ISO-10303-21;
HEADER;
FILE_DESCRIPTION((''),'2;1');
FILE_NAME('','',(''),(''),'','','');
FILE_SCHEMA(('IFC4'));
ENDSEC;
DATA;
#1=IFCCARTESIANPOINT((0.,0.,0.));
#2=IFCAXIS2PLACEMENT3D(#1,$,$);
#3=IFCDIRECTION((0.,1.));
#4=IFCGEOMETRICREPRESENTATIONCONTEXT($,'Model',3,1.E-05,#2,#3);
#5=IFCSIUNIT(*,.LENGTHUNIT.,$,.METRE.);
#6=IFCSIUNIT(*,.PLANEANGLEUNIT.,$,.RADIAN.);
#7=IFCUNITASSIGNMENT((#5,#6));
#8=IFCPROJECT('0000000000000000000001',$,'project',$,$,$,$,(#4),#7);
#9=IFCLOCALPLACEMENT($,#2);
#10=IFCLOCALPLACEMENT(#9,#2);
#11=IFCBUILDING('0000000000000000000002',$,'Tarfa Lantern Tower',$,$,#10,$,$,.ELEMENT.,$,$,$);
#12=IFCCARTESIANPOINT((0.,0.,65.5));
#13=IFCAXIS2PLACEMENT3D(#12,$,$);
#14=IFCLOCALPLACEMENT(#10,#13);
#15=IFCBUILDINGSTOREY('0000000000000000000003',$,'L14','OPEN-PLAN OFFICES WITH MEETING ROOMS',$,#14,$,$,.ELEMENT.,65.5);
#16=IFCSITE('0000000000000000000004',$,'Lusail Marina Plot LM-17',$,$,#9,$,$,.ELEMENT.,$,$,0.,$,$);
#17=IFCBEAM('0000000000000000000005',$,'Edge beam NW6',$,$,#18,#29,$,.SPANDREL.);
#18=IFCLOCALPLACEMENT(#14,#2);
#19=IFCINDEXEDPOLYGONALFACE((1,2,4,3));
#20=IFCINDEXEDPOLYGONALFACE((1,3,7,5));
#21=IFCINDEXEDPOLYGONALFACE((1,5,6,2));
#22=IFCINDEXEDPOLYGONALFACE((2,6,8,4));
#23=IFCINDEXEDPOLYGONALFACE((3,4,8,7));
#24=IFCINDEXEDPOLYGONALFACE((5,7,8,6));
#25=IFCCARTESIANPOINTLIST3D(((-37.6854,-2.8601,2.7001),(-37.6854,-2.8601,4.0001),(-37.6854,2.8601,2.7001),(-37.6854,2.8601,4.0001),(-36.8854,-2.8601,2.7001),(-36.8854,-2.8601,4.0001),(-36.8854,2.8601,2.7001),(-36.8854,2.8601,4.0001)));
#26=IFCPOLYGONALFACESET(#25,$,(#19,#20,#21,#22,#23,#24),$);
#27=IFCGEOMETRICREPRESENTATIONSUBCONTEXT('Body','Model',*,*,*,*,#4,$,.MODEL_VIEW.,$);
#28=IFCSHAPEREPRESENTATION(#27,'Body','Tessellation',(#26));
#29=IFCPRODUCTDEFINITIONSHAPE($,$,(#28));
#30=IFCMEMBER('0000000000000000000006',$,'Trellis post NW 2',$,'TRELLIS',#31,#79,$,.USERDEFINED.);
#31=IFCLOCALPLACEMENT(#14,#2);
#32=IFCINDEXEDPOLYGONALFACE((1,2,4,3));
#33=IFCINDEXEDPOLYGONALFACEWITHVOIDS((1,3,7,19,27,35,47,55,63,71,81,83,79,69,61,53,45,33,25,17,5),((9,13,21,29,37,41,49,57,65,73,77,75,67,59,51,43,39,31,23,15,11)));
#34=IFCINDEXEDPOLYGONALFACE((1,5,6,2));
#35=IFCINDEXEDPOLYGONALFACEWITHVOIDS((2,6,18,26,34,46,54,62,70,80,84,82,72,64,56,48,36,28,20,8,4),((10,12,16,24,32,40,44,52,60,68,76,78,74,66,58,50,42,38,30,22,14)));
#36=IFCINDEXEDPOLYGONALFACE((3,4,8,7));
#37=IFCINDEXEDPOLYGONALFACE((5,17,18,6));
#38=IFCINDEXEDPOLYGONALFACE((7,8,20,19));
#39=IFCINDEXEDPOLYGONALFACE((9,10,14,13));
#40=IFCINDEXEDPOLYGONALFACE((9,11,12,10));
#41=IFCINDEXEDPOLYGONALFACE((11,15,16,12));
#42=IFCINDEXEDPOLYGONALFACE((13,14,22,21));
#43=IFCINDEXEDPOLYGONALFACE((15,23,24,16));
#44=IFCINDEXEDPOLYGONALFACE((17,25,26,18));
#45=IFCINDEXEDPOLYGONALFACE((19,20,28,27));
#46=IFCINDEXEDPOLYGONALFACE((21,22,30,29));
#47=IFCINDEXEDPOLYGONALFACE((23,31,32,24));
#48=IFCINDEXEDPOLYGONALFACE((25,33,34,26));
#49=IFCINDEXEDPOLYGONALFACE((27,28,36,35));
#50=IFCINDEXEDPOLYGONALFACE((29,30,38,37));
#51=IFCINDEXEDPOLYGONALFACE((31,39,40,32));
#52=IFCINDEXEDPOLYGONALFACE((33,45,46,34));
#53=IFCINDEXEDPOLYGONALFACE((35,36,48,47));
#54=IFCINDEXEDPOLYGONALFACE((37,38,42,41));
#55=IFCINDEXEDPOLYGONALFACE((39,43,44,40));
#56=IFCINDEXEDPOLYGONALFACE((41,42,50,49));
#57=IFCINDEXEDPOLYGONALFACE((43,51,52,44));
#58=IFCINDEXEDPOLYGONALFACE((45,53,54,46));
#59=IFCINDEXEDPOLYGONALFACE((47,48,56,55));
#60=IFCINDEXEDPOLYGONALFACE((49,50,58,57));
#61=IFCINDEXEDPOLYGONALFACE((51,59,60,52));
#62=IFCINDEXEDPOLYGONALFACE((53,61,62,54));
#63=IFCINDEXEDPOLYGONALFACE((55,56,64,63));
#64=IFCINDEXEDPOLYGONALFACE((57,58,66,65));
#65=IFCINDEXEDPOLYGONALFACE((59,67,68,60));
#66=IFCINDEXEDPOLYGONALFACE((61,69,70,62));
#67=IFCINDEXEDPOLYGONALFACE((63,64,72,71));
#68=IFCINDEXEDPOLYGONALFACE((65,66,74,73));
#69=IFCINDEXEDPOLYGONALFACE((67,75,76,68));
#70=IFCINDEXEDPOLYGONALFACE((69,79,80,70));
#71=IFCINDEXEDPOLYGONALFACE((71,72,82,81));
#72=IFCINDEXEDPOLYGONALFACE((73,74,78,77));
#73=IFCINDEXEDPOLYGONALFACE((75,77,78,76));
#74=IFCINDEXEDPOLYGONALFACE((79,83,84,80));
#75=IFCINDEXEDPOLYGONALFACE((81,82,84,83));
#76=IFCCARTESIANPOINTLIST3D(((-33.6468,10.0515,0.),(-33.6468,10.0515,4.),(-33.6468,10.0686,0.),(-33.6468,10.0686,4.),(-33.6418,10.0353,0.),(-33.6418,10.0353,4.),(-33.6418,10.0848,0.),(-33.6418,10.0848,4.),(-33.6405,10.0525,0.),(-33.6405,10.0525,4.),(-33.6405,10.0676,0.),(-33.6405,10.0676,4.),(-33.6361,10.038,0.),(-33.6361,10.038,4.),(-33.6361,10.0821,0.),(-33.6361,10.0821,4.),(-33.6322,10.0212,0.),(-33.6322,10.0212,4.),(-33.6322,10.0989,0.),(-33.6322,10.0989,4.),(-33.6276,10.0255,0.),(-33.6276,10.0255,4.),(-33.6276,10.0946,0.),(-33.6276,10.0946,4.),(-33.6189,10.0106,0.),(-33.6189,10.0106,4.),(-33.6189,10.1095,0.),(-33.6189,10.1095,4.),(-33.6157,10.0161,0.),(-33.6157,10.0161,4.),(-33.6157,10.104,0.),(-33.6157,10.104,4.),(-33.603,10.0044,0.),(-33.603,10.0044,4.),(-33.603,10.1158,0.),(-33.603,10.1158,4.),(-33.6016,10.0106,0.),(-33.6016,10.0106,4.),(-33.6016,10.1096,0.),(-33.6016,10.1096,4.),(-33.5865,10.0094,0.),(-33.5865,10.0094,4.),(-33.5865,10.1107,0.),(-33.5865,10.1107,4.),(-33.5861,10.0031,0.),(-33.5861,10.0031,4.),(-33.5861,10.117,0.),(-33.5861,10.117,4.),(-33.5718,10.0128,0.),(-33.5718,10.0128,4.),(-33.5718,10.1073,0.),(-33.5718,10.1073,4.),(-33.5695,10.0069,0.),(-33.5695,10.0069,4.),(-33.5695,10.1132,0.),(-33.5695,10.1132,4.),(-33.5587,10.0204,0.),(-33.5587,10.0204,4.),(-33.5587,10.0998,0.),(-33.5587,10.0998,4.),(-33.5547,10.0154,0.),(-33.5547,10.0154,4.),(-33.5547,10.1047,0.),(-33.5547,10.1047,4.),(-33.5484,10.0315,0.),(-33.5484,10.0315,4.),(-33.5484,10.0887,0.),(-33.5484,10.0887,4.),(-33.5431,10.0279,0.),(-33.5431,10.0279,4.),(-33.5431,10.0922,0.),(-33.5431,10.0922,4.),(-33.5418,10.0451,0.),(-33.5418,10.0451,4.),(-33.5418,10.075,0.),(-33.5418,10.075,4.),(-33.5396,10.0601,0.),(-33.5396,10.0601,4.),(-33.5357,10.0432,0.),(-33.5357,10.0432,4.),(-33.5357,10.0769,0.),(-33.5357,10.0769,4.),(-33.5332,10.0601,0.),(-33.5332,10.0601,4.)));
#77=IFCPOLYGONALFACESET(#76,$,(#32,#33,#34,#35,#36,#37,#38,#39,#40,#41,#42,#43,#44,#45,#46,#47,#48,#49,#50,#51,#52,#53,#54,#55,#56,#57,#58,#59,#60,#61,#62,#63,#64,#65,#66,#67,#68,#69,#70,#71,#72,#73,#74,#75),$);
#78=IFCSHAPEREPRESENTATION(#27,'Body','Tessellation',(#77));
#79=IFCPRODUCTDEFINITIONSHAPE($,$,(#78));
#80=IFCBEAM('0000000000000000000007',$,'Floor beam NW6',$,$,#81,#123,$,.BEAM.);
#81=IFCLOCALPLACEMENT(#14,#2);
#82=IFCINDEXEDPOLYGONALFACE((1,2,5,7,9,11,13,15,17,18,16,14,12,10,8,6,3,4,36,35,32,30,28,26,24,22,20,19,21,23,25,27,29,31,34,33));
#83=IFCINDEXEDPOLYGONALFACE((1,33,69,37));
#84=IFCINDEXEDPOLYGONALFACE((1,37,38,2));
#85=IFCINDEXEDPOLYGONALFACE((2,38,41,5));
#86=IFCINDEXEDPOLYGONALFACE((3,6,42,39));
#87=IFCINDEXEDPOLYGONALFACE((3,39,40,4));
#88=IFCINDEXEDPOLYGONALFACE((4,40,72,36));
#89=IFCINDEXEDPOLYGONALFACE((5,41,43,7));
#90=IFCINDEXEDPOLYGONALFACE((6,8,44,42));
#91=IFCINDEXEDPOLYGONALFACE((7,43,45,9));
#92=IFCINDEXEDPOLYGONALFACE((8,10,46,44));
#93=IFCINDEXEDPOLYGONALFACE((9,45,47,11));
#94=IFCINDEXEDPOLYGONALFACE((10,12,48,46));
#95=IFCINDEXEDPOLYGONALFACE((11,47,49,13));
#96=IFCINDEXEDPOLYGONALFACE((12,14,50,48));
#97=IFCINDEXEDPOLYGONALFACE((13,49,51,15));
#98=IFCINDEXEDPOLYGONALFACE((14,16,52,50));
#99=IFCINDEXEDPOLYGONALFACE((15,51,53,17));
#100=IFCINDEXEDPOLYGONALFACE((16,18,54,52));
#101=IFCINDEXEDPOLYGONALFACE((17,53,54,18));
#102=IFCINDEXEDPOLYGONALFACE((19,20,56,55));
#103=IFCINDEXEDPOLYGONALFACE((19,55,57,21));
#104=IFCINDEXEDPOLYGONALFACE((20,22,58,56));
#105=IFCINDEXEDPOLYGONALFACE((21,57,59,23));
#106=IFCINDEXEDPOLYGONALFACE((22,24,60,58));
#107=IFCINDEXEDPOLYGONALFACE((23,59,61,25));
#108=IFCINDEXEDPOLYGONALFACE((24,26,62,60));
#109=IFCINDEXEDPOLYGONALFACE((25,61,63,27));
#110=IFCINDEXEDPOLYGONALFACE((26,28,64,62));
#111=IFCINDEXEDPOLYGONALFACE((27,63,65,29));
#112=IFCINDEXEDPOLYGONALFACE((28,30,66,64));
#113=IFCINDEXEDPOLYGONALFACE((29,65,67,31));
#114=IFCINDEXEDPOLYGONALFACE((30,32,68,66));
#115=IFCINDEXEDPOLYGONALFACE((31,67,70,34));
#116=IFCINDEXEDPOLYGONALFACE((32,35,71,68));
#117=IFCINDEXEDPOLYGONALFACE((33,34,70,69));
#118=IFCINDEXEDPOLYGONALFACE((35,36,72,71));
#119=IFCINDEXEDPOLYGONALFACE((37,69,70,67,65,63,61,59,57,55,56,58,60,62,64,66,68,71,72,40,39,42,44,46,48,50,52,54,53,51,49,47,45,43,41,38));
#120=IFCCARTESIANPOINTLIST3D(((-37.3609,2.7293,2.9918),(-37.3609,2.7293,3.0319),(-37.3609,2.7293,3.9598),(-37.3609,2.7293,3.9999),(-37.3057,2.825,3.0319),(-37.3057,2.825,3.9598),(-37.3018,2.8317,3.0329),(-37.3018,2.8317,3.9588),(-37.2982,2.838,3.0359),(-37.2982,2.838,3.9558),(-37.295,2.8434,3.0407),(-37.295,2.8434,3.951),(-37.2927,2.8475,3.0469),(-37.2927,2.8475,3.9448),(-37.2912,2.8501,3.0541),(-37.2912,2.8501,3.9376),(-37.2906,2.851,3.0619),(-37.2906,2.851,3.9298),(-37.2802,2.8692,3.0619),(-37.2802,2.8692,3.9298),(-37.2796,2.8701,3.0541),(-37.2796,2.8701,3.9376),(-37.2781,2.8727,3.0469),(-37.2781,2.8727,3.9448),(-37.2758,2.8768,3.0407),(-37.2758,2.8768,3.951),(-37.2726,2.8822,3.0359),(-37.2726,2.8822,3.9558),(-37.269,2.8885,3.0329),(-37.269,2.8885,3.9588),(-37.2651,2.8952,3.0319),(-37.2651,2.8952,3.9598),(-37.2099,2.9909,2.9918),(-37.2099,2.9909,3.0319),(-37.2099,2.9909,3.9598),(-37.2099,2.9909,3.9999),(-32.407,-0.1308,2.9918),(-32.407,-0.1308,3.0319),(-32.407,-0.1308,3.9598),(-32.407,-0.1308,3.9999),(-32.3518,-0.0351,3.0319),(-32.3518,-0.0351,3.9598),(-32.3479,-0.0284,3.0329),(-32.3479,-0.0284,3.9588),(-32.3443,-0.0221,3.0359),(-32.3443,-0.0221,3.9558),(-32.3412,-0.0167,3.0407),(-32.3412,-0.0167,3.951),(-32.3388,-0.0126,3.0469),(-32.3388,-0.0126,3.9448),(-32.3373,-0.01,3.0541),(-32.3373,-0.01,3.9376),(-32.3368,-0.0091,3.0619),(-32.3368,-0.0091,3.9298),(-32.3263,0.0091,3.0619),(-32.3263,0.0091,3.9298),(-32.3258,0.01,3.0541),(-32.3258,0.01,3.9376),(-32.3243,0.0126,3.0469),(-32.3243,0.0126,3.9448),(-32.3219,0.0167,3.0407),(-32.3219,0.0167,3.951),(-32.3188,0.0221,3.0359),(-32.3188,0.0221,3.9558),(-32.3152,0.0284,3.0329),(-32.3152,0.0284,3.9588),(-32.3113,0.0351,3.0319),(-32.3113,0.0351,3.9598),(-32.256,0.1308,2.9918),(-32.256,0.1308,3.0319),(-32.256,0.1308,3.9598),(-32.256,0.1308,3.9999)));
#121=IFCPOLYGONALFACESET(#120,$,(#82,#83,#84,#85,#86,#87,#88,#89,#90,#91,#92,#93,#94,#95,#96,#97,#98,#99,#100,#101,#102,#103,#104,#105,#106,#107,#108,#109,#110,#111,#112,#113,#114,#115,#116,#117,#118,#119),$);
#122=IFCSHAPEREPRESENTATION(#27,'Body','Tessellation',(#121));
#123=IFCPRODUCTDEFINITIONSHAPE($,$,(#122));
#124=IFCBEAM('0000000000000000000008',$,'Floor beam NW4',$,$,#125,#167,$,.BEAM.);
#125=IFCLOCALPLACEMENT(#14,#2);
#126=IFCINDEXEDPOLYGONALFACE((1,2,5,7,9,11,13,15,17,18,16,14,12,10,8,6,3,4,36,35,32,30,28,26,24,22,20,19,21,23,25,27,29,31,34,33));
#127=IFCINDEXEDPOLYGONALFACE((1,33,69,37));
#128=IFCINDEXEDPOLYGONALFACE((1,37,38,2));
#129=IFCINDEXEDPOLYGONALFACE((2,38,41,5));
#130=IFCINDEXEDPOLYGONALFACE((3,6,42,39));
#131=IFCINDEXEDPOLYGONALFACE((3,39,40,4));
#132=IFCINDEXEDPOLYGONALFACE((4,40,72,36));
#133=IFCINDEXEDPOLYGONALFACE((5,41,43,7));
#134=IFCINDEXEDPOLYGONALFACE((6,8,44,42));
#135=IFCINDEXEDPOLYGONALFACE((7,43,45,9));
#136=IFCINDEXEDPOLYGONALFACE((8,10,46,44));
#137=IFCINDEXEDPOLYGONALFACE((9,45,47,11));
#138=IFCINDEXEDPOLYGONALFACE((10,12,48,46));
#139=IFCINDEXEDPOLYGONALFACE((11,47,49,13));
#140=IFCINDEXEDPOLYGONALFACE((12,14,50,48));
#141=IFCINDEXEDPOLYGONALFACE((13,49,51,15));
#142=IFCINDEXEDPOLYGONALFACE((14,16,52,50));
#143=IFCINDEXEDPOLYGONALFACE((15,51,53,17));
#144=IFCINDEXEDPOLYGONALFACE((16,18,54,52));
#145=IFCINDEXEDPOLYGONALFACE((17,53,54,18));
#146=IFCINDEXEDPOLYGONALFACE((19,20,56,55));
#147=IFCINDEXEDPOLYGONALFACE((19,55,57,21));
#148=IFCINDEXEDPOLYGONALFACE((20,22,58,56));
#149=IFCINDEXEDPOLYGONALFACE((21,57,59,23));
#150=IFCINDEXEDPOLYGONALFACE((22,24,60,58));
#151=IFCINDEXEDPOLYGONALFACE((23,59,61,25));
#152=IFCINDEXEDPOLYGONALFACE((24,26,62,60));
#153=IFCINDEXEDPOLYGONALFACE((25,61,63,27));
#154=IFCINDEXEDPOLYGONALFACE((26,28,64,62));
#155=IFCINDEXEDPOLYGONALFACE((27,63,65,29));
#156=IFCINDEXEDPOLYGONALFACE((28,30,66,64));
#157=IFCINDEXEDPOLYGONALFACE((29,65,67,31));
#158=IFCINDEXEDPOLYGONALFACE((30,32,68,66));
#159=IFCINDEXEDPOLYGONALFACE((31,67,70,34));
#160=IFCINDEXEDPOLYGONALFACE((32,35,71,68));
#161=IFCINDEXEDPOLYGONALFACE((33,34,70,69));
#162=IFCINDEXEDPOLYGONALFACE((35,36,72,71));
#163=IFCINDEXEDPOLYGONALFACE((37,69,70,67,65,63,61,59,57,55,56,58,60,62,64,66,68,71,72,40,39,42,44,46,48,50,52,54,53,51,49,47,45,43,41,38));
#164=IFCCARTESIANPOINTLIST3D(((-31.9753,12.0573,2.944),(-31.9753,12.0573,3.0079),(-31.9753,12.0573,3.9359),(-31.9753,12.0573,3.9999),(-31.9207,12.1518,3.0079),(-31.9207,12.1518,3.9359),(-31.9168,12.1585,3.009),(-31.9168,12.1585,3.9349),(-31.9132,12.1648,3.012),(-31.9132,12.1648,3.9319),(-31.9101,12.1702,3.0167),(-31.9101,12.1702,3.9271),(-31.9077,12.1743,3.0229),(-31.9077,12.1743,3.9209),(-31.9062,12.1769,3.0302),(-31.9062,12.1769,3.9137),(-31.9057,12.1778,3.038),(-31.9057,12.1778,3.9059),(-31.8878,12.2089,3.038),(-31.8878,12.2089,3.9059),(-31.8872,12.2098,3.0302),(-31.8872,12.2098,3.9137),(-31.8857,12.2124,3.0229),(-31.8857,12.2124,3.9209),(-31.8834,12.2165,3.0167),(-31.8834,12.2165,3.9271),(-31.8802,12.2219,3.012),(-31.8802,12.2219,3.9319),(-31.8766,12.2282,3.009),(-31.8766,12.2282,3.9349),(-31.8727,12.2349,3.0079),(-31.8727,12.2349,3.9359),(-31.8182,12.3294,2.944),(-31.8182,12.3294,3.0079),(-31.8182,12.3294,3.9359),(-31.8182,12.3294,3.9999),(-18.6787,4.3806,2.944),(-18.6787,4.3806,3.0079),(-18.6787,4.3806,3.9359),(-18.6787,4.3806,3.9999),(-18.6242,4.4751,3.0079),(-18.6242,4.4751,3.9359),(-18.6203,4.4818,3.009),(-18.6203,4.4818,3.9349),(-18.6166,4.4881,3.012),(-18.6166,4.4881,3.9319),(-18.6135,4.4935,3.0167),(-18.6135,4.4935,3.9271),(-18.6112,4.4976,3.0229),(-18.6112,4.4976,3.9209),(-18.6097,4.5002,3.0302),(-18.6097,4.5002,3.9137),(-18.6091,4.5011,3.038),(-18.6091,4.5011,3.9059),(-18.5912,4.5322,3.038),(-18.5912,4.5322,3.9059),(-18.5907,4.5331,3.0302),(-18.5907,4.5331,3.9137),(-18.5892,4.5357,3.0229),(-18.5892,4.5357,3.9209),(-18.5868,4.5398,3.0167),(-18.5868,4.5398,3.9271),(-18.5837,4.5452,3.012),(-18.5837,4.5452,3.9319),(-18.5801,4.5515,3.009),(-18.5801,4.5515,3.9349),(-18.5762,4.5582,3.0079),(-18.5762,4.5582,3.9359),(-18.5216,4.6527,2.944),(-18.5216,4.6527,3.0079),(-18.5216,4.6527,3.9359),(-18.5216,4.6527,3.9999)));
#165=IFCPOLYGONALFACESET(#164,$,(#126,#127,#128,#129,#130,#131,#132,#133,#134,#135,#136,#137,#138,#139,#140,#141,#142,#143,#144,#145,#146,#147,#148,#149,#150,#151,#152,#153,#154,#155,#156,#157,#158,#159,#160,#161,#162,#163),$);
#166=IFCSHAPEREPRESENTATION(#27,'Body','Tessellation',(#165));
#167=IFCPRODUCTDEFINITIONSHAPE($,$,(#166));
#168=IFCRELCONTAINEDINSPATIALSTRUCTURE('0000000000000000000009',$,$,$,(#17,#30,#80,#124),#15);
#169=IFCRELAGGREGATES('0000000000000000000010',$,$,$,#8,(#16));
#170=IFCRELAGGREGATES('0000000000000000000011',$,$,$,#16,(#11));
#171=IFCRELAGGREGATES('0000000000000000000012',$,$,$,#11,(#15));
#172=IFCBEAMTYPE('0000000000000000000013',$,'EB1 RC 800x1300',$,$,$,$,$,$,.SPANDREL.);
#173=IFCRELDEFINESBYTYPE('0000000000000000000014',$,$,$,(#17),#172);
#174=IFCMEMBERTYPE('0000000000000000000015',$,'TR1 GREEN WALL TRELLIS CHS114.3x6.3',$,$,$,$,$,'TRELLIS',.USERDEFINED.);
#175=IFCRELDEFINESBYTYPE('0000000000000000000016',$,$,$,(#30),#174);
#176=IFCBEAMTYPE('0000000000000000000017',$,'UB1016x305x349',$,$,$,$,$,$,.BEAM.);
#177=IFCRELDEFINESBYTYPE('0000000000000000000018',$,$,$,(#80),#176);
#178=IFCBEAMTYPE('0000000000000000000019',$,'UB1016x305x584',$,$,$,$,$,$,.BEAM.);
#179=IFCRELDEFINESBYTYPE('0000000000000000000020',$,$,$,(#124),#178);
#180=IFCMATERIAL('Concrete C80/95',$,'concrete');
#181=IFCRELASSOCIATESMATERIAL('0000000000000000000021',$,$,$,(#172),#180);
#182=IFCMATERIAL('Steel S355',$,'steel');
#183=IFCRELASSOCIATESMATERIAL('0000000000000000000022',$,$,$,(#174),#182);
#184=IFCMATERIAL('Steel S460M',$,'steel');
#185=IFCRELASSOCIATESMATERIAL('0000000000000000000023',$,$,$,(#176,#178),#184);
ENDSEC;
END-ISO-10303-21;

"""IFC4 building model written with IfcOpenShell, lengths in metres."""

from ifc_helpers import new_model, si_unit, direction, frame, origin, origin_2d, place, context, subcontext, project, spatial, rectangle, hollow_circle, i_section, extrude, material, material_profile, profile_set, type_object, element, save


model = new_model("IFC4")

# Units and contexts
model_context = context("Model", 3, precision=1e-05, world=origin(), true_north=direction((0.0, 1.0)))
body_context = subcontext(model_context, "Body", "Model", "MODEL_VIEW")
ifc_project = project(units=[si_unit("LENGTHUNIT", "METRE"), si_unit("PLANEANGLEUNIT", "RADIAN")], contexts=[model_context])

# Site, building, storey
site_placement = place(None, origin())
site = spatial("IfcSite", under=ifc_project, at=site_placement, Name="Lusail Marina Plot LM-17", CompositionType="ELEMENT", RefElevation=0.0)
building_placement = place(site_placement, origin())
building = spatial("IfcBuilding", under=site, at=building_placement, Name="Tarfa Lantern Tower", CompositionType="ELEMENT")
storey_placement = place(building_placement, frame((0.0, 0.0, 65.5)))
storey = spatial("IfcBuildingStorey", under=building, at=storey_placement, Name="L14", Description="OPEN-PLAN OFFICES WITH MEETING ROOMS", CompositionType="ELEMENT", Elevation=65.5)

# Shared definitions
ifc_material_1 = material(Name="Concrete C80/95", Category="concrete")

# Beam
ifc_material_profile_1 = material_profile(ifc_material_1, rectangle(XDim=0.8, YDim=1.3, at=origin_2d()), Name="RC 800x1300")
ifc_profile_set_1 = profile_set([ifc_material_profile_1], Name="Concrete C80/95")
beam_type_1 = type_object("IfcBeamType", Name="EB1 RC 800x1300", PredefinedType="SPANDREL", material=ifc_profile_set_1)
beam_1_placement = place(storey_placement, frame((-37.2854, 2.8601, 3.3501), z_axis=(0.0, -1.0, 0.0), x_axis=(1.0, 0.0, 0.0)))
element("IfcBeam", 1, at=beam_1_placement, inside=storey, type_object=beam_type_1, Name="Edge beam NW6", PredefinedType="SPANDREL", context=body_context, shape_type="SweptSolid", body=[
    extrude(rectangle(XDim=0.8, YDim=1.3, at=origin_2d()), origin(), (0.0, 0.0, 1.0), 5.7202),
])

# Member
ifc_material_2 = material(Name="Steel S355", Category="steel")
ifc_material_profile_2 = material_profile(ifc_material_2, hollow_circle(Radius=0.0571, WallThickness=0.0063, at=origin_2d()), Name="CHS114.3x6.3")
ifc_profile_set_2 = profile_set([ifc_material_profile_2], Name="Steel S355")
member_type_1 = type_object("IfcMemberType", Name="TR1 GREEN WALL TRELLIS CHS114.3x6.3", ElementType="TRELLIS", PredefinedType="USERDEFINED", material=ifc_profile_set_2)
member_1_placement = place(storey_placement, frame((-33.5903, 10.0601, 0.0), z_axis=(0.0, 0.0, 1.0), x_axis=(1.0, 0.0, 0.0)))
element("IfcMember", 2, at=member_1_placement, inside=storey, type_object=member_type_1, Name="Trellis post NW 2", ObjectType="TRELLIS", PredefinedType="USERDEFINED", context=body_context, shape_type="SweptSolid", body=[
    extrude(hollow_circle(Radius=0.0571, WallThickness=0.0063, at=origin_2d()), origin(), (0.0, 0.0, 1.0), 4.0),
])

# Beams
ifc_material_3 = material(Name="Steel S460M", Category="steel")
ifc_material_profile_3 = material_profile(ifc_material_3, i_section(OverallWidth=0.302, OverallDepth=1.0081, WebThickness=0.021, FlangeThickness=0.04, FilletRadius=0.03, at=origin_2d()), Name="UB1016x305x349")
ifc_profile_set_3 = profile_set([ifc_material_profile_3], Name="Steel S460M")
beam_type_2 = type_object("IfcBeamType", Name="UB1016x305x349", PredefinedType="BEAM", material=ifc_profile_set_3)
beam_2_placement = place(storey_placement, frame((-37.2854, 2.8601, 3.4958), z_axis=(0.866026, -0.5, 0.0), x_axis=(0.5, 0.866026, 0.0)))
element("IfcBeam", 3, at=beam_2_placement, inside=storey, type_object=beam_type_2, Name="Floor beam NW6", PredefinedType="BEAM", context=body_context, shape_type="SweptSolid", body=[
    extrude(i_section(OverallWidth=0.302, OverallDepth=1.0081, WebThickness=0.021, FlangeThickness=0.04, FilletRadius=0.03, at=origin_2d()), origin(), (0.0, 0.0, 1.0), 5.7202),
])
ifc_material_profile_4 = material_profile(ifc_material_3, i_section(OverallWidth=0.3142, OverallDepth=1.0559, WebThickness=0.0359, FlangeThickness=0.064, FilletRadius=0.03, at=origin_2d()), Name="UB1016x305x584")
ifc_profile_set_4 = profile_set([ifc_material_profile_4], Name="Steel S460M")
beam_type_3 = type_object("IfcBeamType", Name="UB1016x305x584", PredefinedType="BEAM", material=ifc_profile_set_4)
beam_3_placement = place(storey_placement, frame((-31.8967, 12.1934, 3.4719), z_axis=(0.866027, -0.499997, 0.0), x_axis=(0.499997, 0.866027, 0.0)))
element("IfcBeam", 4, at=beam_3_placement, inside=storey, type_object=beam_type_3, Name="Floor beam NW4", PredefinedType="BEAM", context=body_context, shape_type="SweptSolid", body=[
    extrude(i_section(OverallWidth=0.3142, OverallDepth=1.0559, WebThickness=0.0359, FlangeThickness=0.064, FilletRadius=0.03, at=origin_2d()), origin(), (0.0, 0.0, 1.0), 15.3535),
])

save(model, "model.ifc")
